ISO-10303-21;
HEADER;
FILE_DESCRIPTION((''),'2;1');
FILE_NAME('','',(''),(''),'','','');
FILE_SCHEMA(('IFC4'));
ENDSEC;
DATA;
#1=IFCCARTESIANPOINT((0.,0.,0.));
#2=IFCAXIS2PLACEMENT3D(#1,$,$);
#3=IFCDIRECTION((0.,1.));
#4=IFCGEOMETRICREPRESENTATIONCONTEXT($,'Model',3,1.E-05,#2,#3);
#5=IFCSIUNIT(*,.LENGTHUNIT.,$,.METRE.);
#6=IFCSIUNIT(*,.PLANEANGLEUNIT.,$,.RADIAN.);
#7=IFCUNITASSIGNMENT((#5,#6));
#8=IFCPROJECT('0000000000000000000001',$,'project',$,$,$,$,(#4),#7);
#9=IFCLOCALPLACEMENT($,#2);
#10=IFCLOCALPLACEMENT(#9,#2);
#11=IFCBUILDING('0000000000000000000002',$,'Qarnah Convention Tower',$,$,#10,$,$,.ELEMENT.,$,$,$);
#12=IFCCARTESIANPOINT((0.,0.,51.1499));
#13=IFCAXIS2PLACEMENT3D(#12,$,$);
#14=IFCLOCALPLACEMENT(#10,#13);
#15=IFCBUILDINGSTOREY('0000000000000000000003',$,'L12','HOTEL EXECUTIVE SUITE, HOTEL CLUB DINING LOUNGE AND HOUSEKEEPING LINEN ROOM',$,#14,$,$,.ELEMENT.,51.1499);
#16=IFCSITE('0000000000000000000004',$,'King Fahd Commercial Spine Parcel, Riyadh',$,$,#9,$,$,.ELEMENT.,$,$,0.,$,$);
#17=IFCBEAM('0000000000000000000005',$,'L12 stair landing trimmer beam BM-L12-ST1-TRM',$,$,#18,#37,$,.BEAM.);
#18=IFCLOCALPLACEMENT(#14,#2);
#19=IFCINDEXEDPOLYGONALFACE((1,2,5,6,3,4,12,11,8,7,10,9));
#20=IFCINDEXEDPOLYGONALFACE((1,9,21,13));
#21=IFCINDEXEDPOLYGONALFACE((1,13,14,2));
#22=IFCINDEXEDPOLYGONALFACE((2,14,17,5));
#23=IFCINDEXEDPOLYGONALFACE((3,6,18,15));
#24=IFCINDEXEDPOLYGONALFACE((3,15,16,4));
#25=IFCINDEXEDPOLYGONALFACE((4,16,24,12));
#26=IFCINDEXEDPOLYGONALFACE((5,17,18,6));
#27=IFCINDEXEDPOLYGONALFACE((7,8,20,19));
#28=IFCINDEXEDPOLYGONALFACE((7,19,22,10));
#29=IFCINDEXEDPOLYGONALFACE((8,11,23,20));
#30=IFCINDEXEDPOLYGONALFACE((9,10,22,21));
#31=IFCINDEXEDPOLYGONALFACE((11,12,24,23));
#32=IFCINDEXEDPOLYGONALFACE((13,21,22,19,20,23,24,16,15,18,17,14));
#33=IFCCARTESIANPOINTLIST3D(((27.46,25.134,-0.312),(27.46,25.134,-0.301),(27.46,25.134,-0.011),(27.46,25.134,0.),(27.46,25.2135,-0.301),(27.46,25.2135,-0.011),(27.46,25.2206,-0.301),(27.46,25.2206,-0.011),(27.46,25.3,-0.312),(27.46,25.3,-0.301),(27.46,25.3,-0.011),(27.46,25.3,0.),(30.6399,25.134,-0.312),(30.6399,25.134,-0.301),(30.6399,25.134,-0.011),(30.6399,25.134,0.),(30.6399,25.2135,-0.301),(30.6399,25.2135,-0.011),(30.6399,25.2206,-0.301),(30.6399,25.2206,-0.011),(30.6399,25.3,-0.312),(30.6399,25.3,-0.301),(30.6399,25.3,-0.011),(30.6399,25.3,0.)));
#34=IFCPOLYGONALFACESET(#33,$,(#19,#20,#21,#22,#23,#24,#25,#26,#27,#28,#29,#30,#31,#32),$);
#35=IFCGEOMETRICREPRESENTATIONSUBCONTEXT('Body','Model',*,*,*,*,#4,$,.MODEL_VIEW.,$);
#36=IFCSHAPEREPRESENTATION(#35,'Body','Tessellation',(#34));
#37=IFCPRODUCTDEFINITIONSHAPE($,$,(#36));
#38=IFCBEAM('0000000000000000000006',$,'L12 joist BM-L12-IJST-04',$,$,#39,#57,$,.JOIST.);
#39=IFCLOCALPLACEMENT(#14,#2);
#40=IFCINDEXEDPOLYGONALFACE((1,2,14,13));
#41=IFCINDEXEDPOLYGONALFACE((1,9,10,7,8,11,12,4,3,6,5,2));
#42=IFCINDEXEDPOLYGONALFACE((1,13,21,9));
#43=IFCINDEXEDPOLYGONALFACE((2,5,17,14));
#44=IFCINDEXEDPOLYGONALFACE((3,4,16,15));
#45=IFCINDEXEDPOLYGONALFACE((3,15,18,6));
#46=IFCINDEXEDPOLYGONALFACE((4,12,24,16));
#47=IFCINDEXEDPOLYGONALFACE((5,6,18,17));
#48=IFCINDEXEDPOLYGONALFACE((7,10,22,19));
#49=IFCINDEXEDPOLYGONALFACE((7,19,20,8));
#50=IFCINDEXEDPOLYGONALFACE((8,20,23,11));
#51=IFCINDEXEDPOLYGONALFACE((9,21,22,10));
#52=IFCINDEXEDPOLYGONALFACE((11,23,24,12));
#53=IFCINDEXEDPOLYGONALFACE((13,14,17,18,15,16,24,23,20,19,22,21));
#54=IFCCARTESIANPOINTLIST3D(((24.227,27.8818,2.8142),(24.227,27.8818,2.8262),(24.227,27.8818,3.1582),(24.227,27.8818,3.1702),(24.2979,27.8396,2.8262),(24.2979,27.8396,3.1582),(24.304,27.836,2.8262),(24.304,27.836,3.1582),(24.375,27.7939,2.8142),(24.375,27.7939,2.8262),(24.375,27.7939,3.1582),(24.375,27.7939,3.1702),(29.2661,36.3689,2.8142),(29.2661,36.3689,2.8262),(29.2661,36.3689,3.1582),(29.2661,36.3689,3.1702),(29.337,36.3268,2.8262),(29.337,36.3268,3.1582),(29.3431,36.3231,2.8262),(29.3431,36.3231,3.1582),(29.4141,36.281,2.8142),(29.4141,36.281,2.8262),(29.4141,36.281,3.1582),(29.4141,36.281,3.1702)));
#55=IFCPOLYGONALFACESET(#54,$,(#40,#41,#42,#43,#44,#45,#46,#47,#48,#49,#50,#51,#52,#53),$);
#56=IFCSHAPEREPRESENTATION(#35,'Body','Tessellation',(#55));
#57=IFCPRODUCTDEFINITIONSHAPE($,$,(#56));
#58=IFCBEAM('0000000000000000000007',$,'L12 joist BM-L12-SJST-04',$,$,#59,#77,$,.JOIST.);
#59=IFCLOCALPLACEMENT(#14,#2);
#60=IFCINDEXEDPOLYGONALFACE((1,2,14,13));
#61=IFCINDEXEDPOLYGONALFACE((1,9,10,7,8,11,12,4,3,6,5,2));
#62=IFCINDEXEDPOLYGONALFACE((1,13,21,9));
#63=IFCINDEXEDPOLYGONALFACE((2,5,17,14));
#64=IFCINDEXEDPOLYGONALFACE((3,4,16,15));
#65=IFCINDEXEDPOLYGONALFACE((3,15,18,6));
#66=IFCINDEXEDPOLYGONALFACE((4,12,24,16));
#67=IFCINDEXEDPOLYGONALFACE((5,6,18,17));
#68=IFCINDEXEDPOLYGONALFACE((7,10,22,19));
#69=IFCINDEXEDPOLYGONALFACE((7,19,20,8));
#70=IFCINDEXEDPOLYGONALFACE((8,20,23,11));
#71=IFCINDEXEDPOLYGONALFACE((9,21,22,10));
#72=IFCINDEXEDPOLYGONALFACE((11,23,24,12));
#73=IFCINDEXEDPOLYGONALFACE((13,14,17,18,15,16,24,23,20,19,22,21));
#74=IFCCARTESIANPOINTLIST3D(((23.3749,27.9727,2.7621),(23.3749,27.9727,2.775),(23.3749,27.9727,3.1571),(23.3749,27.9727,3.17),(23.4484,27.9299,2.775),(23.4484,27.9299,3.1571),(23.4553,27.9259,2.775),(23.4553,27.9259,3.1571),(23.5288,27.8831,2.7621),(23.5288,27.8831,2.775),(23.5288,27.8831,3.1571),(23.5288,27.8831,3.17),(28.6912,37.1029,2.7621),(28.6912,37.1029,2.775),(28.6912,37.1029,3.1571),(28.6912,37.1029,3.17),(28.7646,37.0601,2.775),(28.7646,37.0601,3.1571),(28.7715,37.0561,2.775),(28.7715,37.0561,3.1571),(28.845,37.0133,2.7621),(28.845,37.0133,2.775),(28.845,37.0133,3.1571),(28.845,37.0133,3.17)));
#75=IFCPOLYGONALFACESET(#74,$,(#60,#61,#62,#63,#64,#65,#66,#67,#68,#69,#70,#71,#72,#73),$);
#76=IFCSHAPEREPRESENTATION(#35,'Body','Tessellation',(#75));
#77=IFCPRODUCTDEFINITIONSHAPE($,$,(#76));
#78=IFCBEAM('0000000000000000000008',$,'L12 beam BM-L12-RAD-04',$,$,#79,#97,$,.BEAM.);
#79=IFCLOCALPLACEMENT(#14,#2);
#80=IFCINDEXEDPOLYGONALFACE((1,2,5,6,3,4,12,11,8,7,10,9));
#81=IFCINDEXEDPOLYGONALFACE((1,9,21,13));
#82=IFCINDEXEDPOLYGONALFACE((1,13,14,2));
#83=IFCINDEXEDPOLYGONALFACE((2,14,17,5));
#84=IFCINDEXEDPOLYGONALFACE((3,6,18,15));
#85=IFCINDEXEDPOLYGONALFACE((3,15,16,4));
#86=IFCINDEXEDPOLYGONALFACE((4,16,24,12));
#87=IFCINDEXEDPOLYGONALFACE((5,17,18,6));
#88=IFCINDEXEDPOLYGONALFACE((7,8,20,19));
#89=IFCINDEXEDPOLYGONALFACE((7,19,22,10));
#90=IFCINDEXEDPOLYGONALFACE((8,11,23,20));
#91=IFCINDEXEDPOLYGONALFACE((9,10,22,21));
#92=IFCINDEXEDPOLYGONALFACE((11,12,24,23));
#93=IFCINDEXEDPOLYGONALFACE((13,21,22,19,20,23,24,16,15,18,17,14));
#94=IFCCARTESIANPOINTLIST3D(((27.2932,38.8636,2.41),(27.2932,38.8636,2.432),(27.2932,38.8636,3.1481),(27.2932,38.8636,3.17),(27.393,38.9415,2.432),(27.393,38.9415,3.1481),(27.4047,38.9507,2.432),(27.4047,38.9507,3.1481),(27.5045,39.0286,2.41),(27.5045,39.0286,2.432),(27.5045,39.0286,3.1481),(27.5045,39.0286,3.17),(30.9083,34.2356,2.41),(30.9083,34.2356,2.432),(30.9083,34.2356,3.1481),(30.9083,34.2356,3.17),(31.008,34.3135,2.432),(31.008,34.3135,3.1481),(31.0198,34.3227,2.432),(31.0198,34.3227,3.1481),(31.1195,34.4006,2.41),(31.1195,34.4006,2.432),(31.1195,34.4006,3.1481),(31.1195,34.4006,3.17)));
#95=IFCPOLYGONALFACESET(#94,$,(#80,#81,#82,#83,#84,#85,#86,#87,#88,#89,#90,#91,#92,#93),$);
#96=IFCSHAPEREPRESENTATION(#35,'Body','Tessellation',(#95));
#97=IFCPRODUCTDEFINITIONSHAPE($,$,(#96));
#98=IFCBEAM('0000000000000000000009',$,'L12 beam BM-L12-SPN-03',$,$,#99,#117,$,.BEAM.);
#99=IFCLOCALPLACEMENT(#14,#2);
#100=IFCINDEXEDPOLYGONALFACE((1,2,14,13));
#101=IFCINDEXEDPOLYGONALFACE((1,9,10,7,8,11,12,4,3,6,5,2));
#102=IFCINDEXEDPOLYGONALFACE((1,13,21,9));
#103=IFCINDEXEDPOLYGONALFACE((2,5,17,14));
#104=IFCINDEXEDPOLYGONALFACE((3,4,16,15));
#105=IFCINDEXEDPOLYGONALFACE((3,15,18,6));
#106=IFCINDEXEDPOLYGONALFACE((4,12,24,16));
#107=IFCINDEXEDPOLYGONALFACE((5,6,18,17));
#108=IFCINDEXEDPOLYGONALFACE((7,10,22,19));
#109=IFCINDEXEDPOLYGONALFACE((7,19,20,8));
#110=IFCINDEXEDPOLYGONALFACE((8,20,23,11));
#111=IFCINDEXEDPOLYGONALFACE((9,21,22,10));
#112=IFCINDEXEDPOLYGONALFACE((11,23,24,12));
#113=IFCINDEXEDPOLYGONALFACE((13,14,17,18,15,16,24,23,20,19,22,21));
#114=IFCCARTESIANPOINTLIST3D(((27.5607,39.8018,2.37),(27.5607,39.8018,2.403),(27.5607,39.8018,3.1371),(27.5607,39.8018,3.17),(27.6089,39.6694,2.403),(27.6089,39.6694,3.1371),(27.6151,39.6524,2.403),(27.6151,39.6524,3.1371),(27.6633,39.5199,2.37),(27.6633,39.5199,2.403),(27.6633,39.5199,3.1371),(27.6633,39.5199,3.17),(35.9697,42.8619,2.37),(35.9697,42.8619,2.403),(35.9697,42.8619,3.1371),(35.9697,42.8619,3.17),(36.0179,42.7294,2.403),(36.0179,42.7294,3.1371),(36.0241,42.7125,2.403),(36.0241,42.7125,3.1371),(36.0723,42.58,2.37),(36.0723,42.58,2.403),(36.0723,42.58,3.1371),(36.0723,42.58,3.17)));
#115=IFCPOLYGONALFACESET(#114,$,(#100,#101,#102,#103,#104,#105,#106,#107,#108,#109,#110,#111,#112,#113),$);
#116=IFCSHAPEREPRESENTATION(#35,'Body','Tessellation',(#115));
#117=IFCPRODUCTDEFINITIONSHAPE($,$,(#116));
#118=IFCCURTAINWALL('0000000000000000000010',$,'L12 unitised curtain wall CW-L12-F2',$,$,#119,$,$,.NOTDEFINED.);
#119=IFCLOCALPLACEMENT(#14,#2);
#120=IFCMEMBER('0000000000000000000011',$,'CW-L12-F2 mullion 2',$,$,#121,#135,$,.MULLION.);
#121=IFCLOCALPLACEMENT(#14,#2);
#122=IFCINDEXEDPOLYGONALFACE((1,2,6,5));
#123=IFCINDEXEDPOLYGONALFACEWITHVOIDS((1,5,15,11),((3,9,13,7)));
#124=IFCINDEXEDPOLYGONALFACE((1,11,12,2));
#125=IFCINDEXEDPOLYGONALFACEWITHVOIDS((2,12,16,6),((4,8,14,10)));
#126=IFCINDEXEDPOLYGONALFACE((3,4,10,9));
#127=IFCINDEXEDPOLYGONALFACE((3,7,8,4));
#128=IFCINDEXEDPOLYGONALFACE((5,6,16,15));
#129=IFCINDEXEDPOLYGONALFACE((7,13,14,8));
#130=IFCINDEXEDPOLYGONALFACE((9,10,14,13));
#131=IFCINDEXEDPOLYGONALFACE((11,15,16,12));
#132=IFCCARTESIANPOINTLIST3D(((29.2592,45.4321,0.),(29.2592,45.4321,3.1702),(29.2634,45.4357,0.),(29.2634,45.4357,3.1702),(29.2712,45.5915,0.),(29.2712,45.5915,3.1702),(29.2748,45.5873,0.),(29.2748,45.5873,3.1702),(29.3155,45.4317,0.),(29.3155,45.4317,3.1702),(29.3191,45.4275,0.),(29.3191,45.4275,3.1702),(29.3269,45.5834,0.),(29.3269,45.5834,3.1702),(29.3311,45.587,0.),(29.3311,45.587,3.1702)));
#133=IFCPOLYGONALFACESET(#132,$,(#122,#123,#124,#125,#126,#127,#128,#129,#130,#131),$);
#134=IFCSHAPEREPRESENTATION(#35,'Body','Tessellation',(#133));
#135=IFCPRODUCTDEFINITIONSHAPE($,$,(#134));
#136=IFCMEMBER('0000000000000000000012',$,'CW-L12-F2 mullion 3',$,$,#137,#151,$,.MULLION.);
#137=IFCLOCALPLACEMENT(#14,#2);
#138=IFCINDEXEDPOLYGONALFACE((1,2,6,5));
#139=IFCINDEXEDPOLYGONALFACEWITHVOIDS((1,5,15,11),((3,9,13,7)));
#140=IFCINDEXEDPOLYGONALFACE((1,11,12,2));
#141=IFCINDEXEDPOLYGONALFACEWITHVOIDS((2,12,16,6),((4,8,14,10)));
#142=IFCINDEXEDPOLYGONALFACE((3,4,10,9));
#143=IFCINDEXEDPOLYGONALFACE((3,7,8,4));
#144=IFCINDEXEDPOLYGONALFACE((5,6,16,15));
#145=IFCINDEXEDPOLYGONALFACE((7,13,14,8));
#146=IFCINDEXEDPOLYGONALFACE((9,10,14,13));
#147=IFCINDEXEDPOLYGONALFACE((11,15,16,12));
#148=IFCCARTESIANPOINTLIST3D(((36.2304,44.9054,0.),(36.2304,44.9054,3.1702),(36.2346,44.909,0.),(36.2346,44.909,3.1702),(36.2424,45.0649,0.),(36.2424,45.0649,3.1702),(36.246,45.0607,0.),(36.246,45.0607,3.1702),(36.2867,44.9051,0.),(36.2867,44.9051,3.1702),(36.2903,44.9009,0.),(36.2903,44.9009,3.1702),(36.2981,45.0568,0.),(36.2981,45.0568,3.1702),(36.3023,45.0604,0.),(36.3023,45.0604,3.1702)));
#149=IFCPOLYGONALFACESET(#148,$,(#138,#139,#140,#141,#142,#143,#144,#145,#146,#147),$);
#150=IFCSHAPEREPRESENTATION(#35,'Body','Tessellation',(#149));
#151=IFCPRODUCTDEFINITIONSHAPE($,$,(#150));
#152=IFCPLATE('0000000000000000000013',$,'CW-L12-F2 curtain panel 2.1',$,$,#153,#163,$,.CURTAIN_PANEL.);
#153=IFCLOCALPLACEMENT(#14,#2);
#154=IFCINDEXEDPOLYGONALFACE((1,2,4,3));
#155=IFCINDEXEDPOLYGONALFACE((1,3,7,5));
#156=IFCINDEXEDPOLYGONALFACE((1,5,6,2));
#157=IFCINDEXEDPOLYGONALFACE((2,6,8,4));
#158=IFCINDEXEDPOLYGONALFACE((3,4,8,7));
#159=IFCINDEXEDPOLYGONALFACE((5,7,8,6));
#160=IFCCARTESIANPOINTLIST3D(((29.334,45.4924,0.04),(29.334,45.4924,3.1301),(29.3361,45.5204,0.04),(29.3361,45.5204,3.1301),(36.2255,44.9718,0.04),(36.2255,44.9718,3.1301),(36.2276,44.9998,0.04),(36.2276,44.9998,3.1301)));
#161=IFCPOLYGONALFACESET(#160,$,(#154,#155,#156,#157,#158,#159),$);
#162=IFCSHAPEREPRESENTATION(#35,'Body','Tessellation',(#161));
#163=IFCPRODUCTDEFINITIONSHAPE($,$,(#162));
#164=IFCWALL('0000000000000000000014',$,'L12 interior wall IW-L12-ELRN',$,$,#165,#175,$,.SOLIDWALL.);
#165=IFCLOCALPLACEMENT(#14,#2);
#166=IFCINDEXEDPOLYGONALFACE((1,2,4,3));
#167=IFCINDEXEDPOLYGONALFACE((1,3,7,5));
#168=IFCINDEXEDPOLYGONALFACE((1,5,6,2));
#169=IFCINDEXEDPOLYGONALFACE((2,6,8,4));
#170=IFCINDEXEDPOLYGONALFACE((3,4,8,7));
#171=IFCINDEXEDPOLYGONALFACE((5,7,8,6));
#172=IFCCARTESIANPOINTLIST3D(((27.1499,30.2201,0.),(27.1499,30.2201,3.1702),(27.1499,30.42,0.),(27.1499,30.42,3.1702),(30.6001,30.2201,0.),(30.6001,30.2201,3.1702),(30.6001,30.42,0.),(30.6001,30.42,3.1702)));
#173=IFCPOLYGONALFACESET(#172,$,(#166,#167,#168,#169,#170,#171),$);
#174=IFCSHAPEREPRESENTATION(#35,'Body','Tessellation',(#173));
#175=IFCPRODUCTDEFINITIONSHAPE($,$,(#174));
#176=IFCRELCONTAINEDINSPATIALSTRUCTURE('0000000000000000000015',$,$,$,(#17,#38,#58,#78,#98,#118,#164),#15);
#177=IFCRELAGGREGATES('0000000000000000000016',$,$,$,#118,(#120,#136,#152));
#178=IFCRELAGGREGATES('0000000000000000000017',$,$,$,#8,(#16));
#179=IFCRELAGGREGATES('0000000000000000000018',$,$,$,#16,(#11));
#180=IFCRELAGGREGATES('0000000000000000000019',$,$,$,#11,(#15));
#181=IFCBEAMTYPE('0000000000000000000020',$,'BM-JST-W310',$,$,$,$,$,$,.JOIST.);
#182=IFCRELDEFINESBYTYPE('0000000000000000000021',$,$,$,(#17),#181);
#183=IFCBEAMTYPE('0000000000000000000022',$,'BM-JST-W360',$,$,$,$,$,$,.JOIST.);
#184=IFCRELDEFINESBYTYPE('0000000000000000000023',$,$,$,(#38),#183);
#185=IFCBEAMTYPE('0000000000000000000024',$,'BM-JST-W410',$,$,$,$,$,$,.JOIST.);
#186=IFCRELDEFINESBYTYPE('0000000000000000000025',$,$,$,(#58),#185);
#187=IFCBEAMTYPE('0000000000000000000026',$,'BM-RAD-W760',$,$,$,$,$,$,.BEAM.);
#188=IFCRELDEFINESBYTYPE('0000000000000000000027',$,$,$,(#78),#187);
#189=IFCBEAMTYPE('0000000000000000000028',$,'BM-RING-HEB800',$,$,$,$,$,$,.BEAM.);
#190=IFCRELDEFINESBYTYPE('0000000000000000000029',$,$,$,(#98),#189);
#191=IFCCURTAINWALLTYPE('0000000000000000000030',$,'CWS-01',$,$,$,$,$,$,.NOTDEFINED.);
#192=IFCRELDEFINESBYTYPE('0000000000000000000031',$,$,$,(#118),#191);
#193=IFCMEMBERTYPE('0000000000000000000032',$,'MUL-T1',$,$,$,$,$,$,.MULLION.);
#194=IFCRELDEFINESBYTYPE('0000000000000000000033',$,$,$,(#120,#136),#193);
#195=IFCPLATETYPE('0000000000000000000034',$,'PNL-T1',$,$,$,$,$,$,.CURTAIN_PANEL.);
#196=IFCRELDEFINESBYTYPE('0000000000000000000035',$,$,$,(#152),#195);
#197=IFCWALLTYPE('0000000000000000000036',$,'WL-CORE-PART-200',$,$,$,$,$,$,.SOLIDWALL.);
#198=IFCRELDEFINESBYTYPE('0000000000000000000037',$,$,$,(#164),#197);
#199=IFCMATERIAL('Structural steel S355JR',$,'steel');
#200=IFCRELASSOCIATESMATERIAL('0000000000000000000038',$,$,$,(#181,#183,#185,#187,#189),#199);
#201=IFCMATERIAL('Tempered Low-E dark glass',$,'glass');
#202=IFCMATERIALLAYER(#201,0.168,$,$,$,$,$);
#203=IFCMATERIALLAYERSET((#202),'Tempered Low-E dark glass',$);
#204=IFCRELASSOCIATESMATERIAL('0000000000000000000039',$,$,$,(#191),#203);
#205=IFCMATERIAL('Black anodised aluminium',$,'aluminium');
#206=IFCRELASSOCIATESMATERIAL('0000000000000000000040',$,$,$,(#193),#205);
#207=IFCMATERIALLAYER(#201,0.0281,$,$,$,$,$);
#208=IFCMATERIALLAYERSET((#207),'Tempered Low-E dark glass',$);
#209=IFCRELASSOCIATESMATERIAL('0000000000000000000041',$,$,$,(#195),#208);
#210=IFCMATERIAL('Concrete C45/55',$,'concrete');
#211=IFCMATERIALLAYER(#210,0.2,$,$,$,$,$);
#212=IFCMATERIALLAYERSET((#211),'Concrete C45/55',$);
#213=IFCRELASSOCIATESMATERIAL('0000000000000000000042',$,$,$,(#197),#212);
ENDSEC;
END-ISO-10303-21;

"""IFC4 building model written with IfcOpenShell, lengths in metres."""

from ifc_helpers import new_model, si_unit, direction, frame, frame_2d, origin, origin_2d, place, context, subcontext, project, spatial, rectangle, hollow_rectangle, i_section, extrude, material, layer, layer_set, material_profile, profile_set, type_object, element, aggregate, save


model = new_model("IFC4")

# Units and contexts
model_context = context("Model", 3, precision=1e-05, world=origin(), true_north=direction((0.0, 1.0)))
body_context = subcontext(model_context, "Body", "Model", "MODEL_VIEW")
ifc_project = project(units=[si_unit("LENGTHUNIT", "METRE"), si_unit("PLANEANGLEUNIT", "RADIAN")], contexts=[model_context])

# Site, building, storey
site_placement = place(None, origin())
site = spatial("IfcSite", under=ifc_project, at=site_placement, Name="King Fahd Commercial Spine Parcel, Riyadh", CompositionType="ELEMENT", RefElevation=0.0)
building_placement = place(site_placement, origin())
building = spatial("IfcBuilding", under=site, at=building_placement, Name="Qarnah Convention Tower", CompositionType="ELEMENT")
storey_placement = place(building_placement, frame((0.0, 0.0, 51.1499)))
storey = spatial("IfcBuildingStorey", under=building, at=storey_placement, Name="L12", Description="HOTEL EXECUTIVE SUITE, HOTEL CLUB DINING LOUNGE AND HOUSEKEEPING LINEN ROOM", CompositionType="ELEMENT", Elevation=51.1499)

# Beams
ifc_material_1 = material(Name="Structural steel S355JR", Category="steel")
ifc_material_profile_1 = material_profile(ifc_material_1, i_section(OverallWidth=0.166, OverallDepth=0.312, WebThickness=0.0071, FlangeThickness=0.011, at=origin_2d()), Name="W310X45")
ifc_profile_set_1 = profile_set([ifc_material_profile_1], Name="Structural steel S355JR")
beam_type_1 = type_object("IfcBeamType", Name="BM-JST-W310", PredefinedType="JOIST", material=ifc_profile_set_1)
beam_1_placement = place(storey_placement, frame((27.46, 25.217, -0.156), z_axis=(1.0, 0.0, 0.0), x_axis=(0.0, 1.0, 0.0)))
element("IfcBeam", 1, at=beam_1_placement, inside=storey, type_object=beam_type_1, Name="L12 stair landing trimmer beam BM-L12-ST1-TRM", PredefinedType="BEAM", context=body_context, shape_type="SweptSolid", body=[
    extrude(i_section(OverallWidth=0.166, OverallDepth=0.312, WebThickness=0.0071, FlangeThickness=0.011, at=origin_2d()), origin(), (0.0, 0.0, 1.0), 3.1799),
])
ifc_material_profile_2 = material_profile(ifc_material_1, i_section(OverallWidth=0.1721, OverallDepth=0.356, WebThickness=0.0071, FlangeThickness=0.012, at=origin_2d()), Name="W360X51")
ifc_profile_set_2 = profile_set([ifc_material_profile_2], Name="Structural steel S355JR")
beam_type_2 = type_object("IfcBeamType", Name="BM-JST-W360", PredefinedType="JOIST", material=ifc_profile_set_2)
beam_2_placement = place(storey_placement, frame((29.3401, 36.325, 2.9922), z_axis=(-0.510529, -0.859861, 0.0), x_axis=(0.859861, -0.510529, 0.0)))
element("IfcBeam", 2, at=beam_2_placement, inside=storey, type_object=beam_type_2, Name="L12 joist BM-L12-IJST-04", PredefinedType="JOIST", context=body_context, shape_type="SweptSolid", body=[
    extrude(i_section(OverallWidth=0.1721, OverallDepth=0.356, WebThickness=0.0071, FlangeThickness=0.012, at=origin_2d()), origin(), (0.0, 0.0, 1.0), 9.8704),
])
ifc_material_profile_3 = material_profile(ifc_material_1, i_section(OverallWidth=0.178, OverallDepth=0.408, WebThickness=0.0081, FlangeThickness=0.0129, at=origin_2d()), Name="W410X60")
ifc_profile_set_3 = profile_set([ifc_material_profile_3], Name="Structural steel S355JR")
beam_type_3 = type_object("IfcBeamType", Name="BM-JST-W410", PredefinedType="JOIST", material=ifc_profile_set_3)
beam_3_placement = place(storey_placement, frame((28.7681, 37.0581, 2.9661), z_axis=(-0.503183, -0.86418, 0.0), x_axis=(0.86418, -0.503183, 0.0)))
element("IfcBeam", 3, at=beam_3_placement, inside=storey, type_object=beam_type_3, Name="L12 joist BM-L12-SJST-04", PredefinedType="JOIST", context=body_context, shape_type="SweptSolid", body=[
    extrude(i_section(OverallWidth=0.178, OverallDepth=0.408, WebThickness=0.0081, FlangeThickness=0.0129, at=origin_2d()), origin(), (0.0, 0.0, 1.0), 10.5652),
])
ifc_material_profile_4 = material_profile(ifc_material_1, i_section(OverallWidth=0.2681, OverallDepth=0.76, WebThickness=0.0149, FlangeThickness=0.022, at=origin_2d()), Name="W760X185")
ifc_profile_set_4 = profile_set([ifc_material_profile_4], Name="Structural steel S355JR")
beam_type_4 = type_object("IfcBeamType", Name="BM-RAD-W760", PredefinedType="BEAM", material=ifc_profile_set_4)
beam_4_placement = place(storey_placement, frame((31.0139, 34.3181, 2.79), z_axis=(-0.615583, 0.788072, 0.0), x_axis=(-0.788072, -0.615583, 0.0)))
element("IfcBeam", 4, at=beam_4_placement, inside=storey, type_object=beam_type_4, Name="L12 beam BM-L12-RAD-04", PredefinedType="BEAM", context=body_context, shape_type="SweptSolid", body=[
    extrude(i_section(OverallWidth=0.2681, OverallDepth=0.76, WebThickness=0.0149, FlangeThickness=0.022, at=origin_2d()), origin(), (0.0, 0.0, 1.0), 5.8726),
])
ifc_material_profile_5 = material_profile(ifc_material_1, i_section(OverallWidth=0.3, OverallDepth=0.8, WebThickness=0.0181, FlangeThickness=0.033, at=origin_2d()), Name="HEB800")
ifc_profile_set_5 = profile_set([ifc_material_profile_5], Name="Structural steel S355JR")
beam_type_5 = type_object("IfcBeamType", Name="BM-RING-HEB800", PredefinedType="BEAM", material=ifc_profile_set_5)
beam_5_placement = place(storey_placement, frame((36.021, 42.7209, 2.77), z_axis=(-0.939712, -0.341966, 0.0), x_axis=(0.341966, -0.939712, 0.0)))
element("IfcBeam", 5, at=beam_5_placement, inside=storey, type_object=beam_type_5, Name="L12 beam BM-L12-SPN-03", PredefinedType="BEAM", context=body_context, shape_type="SweptSolid", body=[
    extrude(i_section(OverallWidth=0.3, OverallDepth=0.8, WebThickness=0.0181, FlangeThickness=0.033, at=origin_2d()), origin(), (0.0, 0.0, 1.0), 8.9485),
])

# Curtain wall, members, plate
ifc_material_2 = material(Name="Tempered Low-E dark glass", Category="glass")
ifc_layer_1 = layer(ifc_material_2, 0.168)
ifc_layer_set_1 = layer_set([ifc_layer_1], Name="Tempered Low-E dark glass")
curtain_wall_type = type_object("IfcCurtainWallType", Name="CWS-01", PredefinedType="NOTDEFINED", material=ifc_layer_set_1)
curtain_wall_placement = place(storey_placement, origin())
curtain_wall = element("IfcCurtainWall", 6, at=curtain_wall_placement, inside=storey, type_object=curtain_wall_type, Name="L12 unitised curtain wall CW-L12-F2", PredefinedType="NOTDEFINED")
ifc_material_3 = material(Name="Black anodised aluminium", Category="aluminium")
ifc_material_profile_6 = material_profile(ifc_material_3, hollow_rectangle(XDim=0.0601, YDim=0.1599, WallThickness=0.0039, at=origin_2d()), Name="MUL-60X160")
ifc_profile_set_6 = profile_set([ifc_material_profile_6], Name="Black anodised aluminium")
member_type = type_object("IfcMemberType", Name="MUL-T1", PredefinedType="MULLION", material=ifc_profile_set_6)
member_1_placement = place(storey_placement, frame((29.2952, 45.5095, 0.0), z_axis=(0.0, 0.0, 1.0), x_axis=(0.997159, -0.075325, 0.0)))
member_1 = element("IfcMember", 7, at=member_1_placement, type_object=member_type, Name="CW-L12-F2 mullion 2", PredefinedType="MULLION", context=body_context, shape_type="SweptSolid", body=[
    extrude(hollow_rectangle(XDim=0.0601, YDim=0.1599, WallThickness=0.0039, at=origin_2d()), origin(), (0.0, 0.0, 1.0), 3.1702),
])
member_2_placement = place(storey_placement, frame((36.2664, 44.9829, 0.0), z_axis=(0.0, 0.0, 1.0), x_axis=(0.997159, -0.075325, 0.0)))
member_2 = element("IfcMember", 8, at=member_2_placement, type_object=member_type, Name="CW-L12-F2 mullion 3", PredefinedType="MULLION", context=body_context, shape_type="SweptSolid", body=[
    extrude(hollow_rectangle(XDim=0.0601, YDim=0.1599, WallThickness=0.0039, at=origin_2d()), origin(), (0.0, 0.0, 1.0), 3.1702),
])
ifc_layer_2 = layer(ifc_material_2, 0.0281)
ifc_layer_set_2 = layer_set([ifc_layer_2], Name="Tempered Low-E dark glass")
plate_type = type_object("IfcPlateType", Name="PNL-T1", PredefinedType="CURTAIN_PANEL", material=ifc_layer_set_2)
plate_placement = place(storey_placement, frame((32.7808, 45.2461, 0.04), z_axis=(0.0, 0.0, 1.0), x_axis=(0.997159, -0.075325, 0.0)))
plate = element("IfcPlate", 9, at=plate_placement, type_object=plate_type, Name="CW-L12-F2 curtain panel 2.1", PredefinedType="CURTAIN_PANEL", context=body_context, shape_type="SweptSolid", body=[
    extrude(rectangle(XDim=6.9111, YDim=0.0281, at=origin_2d()), origin(), (0.0, 0.0, 1.0), 3.0901),
])
aggregate(curtain_wall, [member_1, member_2, plate])

# Wall
ifc_material_4 = material(Name="Concrete C45/55", Category="concrete")
ifc_layer_3 = layer(ifc_material_4, 0.2)
ifc_layer_set_3 = layer_set([ifc_layer_3], Name="Concrete C45/55")
wall_type_1 = type_object("IfcWallType", Name="WL-CORE-PART-200", PredefinedType="SOLIDWALL", material=ifc_layer_set_3)
wall_1_placement = place(storey_placement, frame((27.1499, 30.3201, 0.0), z_axis=(0.0, 0.0, 1.0), x_axis=(1.0, 0.0, 0.0)))
element("IfcWall", 10, at=wall_1_placement, inside=storey, type_object=wall_type_1, Name="L12 interior wall IW-L12-ELRN", PredefinedType="SOLIDWALL", context=body_context, shape_type="SweptSolid", body=[
    extrude(rectangle(XDim=3.4502, YDim=0.2, at=frame_2d((1.7251, 0.0))), origin(), (0.0, 0.0, 1.0), 3.1702),
])

save(model, "model.ifc")
